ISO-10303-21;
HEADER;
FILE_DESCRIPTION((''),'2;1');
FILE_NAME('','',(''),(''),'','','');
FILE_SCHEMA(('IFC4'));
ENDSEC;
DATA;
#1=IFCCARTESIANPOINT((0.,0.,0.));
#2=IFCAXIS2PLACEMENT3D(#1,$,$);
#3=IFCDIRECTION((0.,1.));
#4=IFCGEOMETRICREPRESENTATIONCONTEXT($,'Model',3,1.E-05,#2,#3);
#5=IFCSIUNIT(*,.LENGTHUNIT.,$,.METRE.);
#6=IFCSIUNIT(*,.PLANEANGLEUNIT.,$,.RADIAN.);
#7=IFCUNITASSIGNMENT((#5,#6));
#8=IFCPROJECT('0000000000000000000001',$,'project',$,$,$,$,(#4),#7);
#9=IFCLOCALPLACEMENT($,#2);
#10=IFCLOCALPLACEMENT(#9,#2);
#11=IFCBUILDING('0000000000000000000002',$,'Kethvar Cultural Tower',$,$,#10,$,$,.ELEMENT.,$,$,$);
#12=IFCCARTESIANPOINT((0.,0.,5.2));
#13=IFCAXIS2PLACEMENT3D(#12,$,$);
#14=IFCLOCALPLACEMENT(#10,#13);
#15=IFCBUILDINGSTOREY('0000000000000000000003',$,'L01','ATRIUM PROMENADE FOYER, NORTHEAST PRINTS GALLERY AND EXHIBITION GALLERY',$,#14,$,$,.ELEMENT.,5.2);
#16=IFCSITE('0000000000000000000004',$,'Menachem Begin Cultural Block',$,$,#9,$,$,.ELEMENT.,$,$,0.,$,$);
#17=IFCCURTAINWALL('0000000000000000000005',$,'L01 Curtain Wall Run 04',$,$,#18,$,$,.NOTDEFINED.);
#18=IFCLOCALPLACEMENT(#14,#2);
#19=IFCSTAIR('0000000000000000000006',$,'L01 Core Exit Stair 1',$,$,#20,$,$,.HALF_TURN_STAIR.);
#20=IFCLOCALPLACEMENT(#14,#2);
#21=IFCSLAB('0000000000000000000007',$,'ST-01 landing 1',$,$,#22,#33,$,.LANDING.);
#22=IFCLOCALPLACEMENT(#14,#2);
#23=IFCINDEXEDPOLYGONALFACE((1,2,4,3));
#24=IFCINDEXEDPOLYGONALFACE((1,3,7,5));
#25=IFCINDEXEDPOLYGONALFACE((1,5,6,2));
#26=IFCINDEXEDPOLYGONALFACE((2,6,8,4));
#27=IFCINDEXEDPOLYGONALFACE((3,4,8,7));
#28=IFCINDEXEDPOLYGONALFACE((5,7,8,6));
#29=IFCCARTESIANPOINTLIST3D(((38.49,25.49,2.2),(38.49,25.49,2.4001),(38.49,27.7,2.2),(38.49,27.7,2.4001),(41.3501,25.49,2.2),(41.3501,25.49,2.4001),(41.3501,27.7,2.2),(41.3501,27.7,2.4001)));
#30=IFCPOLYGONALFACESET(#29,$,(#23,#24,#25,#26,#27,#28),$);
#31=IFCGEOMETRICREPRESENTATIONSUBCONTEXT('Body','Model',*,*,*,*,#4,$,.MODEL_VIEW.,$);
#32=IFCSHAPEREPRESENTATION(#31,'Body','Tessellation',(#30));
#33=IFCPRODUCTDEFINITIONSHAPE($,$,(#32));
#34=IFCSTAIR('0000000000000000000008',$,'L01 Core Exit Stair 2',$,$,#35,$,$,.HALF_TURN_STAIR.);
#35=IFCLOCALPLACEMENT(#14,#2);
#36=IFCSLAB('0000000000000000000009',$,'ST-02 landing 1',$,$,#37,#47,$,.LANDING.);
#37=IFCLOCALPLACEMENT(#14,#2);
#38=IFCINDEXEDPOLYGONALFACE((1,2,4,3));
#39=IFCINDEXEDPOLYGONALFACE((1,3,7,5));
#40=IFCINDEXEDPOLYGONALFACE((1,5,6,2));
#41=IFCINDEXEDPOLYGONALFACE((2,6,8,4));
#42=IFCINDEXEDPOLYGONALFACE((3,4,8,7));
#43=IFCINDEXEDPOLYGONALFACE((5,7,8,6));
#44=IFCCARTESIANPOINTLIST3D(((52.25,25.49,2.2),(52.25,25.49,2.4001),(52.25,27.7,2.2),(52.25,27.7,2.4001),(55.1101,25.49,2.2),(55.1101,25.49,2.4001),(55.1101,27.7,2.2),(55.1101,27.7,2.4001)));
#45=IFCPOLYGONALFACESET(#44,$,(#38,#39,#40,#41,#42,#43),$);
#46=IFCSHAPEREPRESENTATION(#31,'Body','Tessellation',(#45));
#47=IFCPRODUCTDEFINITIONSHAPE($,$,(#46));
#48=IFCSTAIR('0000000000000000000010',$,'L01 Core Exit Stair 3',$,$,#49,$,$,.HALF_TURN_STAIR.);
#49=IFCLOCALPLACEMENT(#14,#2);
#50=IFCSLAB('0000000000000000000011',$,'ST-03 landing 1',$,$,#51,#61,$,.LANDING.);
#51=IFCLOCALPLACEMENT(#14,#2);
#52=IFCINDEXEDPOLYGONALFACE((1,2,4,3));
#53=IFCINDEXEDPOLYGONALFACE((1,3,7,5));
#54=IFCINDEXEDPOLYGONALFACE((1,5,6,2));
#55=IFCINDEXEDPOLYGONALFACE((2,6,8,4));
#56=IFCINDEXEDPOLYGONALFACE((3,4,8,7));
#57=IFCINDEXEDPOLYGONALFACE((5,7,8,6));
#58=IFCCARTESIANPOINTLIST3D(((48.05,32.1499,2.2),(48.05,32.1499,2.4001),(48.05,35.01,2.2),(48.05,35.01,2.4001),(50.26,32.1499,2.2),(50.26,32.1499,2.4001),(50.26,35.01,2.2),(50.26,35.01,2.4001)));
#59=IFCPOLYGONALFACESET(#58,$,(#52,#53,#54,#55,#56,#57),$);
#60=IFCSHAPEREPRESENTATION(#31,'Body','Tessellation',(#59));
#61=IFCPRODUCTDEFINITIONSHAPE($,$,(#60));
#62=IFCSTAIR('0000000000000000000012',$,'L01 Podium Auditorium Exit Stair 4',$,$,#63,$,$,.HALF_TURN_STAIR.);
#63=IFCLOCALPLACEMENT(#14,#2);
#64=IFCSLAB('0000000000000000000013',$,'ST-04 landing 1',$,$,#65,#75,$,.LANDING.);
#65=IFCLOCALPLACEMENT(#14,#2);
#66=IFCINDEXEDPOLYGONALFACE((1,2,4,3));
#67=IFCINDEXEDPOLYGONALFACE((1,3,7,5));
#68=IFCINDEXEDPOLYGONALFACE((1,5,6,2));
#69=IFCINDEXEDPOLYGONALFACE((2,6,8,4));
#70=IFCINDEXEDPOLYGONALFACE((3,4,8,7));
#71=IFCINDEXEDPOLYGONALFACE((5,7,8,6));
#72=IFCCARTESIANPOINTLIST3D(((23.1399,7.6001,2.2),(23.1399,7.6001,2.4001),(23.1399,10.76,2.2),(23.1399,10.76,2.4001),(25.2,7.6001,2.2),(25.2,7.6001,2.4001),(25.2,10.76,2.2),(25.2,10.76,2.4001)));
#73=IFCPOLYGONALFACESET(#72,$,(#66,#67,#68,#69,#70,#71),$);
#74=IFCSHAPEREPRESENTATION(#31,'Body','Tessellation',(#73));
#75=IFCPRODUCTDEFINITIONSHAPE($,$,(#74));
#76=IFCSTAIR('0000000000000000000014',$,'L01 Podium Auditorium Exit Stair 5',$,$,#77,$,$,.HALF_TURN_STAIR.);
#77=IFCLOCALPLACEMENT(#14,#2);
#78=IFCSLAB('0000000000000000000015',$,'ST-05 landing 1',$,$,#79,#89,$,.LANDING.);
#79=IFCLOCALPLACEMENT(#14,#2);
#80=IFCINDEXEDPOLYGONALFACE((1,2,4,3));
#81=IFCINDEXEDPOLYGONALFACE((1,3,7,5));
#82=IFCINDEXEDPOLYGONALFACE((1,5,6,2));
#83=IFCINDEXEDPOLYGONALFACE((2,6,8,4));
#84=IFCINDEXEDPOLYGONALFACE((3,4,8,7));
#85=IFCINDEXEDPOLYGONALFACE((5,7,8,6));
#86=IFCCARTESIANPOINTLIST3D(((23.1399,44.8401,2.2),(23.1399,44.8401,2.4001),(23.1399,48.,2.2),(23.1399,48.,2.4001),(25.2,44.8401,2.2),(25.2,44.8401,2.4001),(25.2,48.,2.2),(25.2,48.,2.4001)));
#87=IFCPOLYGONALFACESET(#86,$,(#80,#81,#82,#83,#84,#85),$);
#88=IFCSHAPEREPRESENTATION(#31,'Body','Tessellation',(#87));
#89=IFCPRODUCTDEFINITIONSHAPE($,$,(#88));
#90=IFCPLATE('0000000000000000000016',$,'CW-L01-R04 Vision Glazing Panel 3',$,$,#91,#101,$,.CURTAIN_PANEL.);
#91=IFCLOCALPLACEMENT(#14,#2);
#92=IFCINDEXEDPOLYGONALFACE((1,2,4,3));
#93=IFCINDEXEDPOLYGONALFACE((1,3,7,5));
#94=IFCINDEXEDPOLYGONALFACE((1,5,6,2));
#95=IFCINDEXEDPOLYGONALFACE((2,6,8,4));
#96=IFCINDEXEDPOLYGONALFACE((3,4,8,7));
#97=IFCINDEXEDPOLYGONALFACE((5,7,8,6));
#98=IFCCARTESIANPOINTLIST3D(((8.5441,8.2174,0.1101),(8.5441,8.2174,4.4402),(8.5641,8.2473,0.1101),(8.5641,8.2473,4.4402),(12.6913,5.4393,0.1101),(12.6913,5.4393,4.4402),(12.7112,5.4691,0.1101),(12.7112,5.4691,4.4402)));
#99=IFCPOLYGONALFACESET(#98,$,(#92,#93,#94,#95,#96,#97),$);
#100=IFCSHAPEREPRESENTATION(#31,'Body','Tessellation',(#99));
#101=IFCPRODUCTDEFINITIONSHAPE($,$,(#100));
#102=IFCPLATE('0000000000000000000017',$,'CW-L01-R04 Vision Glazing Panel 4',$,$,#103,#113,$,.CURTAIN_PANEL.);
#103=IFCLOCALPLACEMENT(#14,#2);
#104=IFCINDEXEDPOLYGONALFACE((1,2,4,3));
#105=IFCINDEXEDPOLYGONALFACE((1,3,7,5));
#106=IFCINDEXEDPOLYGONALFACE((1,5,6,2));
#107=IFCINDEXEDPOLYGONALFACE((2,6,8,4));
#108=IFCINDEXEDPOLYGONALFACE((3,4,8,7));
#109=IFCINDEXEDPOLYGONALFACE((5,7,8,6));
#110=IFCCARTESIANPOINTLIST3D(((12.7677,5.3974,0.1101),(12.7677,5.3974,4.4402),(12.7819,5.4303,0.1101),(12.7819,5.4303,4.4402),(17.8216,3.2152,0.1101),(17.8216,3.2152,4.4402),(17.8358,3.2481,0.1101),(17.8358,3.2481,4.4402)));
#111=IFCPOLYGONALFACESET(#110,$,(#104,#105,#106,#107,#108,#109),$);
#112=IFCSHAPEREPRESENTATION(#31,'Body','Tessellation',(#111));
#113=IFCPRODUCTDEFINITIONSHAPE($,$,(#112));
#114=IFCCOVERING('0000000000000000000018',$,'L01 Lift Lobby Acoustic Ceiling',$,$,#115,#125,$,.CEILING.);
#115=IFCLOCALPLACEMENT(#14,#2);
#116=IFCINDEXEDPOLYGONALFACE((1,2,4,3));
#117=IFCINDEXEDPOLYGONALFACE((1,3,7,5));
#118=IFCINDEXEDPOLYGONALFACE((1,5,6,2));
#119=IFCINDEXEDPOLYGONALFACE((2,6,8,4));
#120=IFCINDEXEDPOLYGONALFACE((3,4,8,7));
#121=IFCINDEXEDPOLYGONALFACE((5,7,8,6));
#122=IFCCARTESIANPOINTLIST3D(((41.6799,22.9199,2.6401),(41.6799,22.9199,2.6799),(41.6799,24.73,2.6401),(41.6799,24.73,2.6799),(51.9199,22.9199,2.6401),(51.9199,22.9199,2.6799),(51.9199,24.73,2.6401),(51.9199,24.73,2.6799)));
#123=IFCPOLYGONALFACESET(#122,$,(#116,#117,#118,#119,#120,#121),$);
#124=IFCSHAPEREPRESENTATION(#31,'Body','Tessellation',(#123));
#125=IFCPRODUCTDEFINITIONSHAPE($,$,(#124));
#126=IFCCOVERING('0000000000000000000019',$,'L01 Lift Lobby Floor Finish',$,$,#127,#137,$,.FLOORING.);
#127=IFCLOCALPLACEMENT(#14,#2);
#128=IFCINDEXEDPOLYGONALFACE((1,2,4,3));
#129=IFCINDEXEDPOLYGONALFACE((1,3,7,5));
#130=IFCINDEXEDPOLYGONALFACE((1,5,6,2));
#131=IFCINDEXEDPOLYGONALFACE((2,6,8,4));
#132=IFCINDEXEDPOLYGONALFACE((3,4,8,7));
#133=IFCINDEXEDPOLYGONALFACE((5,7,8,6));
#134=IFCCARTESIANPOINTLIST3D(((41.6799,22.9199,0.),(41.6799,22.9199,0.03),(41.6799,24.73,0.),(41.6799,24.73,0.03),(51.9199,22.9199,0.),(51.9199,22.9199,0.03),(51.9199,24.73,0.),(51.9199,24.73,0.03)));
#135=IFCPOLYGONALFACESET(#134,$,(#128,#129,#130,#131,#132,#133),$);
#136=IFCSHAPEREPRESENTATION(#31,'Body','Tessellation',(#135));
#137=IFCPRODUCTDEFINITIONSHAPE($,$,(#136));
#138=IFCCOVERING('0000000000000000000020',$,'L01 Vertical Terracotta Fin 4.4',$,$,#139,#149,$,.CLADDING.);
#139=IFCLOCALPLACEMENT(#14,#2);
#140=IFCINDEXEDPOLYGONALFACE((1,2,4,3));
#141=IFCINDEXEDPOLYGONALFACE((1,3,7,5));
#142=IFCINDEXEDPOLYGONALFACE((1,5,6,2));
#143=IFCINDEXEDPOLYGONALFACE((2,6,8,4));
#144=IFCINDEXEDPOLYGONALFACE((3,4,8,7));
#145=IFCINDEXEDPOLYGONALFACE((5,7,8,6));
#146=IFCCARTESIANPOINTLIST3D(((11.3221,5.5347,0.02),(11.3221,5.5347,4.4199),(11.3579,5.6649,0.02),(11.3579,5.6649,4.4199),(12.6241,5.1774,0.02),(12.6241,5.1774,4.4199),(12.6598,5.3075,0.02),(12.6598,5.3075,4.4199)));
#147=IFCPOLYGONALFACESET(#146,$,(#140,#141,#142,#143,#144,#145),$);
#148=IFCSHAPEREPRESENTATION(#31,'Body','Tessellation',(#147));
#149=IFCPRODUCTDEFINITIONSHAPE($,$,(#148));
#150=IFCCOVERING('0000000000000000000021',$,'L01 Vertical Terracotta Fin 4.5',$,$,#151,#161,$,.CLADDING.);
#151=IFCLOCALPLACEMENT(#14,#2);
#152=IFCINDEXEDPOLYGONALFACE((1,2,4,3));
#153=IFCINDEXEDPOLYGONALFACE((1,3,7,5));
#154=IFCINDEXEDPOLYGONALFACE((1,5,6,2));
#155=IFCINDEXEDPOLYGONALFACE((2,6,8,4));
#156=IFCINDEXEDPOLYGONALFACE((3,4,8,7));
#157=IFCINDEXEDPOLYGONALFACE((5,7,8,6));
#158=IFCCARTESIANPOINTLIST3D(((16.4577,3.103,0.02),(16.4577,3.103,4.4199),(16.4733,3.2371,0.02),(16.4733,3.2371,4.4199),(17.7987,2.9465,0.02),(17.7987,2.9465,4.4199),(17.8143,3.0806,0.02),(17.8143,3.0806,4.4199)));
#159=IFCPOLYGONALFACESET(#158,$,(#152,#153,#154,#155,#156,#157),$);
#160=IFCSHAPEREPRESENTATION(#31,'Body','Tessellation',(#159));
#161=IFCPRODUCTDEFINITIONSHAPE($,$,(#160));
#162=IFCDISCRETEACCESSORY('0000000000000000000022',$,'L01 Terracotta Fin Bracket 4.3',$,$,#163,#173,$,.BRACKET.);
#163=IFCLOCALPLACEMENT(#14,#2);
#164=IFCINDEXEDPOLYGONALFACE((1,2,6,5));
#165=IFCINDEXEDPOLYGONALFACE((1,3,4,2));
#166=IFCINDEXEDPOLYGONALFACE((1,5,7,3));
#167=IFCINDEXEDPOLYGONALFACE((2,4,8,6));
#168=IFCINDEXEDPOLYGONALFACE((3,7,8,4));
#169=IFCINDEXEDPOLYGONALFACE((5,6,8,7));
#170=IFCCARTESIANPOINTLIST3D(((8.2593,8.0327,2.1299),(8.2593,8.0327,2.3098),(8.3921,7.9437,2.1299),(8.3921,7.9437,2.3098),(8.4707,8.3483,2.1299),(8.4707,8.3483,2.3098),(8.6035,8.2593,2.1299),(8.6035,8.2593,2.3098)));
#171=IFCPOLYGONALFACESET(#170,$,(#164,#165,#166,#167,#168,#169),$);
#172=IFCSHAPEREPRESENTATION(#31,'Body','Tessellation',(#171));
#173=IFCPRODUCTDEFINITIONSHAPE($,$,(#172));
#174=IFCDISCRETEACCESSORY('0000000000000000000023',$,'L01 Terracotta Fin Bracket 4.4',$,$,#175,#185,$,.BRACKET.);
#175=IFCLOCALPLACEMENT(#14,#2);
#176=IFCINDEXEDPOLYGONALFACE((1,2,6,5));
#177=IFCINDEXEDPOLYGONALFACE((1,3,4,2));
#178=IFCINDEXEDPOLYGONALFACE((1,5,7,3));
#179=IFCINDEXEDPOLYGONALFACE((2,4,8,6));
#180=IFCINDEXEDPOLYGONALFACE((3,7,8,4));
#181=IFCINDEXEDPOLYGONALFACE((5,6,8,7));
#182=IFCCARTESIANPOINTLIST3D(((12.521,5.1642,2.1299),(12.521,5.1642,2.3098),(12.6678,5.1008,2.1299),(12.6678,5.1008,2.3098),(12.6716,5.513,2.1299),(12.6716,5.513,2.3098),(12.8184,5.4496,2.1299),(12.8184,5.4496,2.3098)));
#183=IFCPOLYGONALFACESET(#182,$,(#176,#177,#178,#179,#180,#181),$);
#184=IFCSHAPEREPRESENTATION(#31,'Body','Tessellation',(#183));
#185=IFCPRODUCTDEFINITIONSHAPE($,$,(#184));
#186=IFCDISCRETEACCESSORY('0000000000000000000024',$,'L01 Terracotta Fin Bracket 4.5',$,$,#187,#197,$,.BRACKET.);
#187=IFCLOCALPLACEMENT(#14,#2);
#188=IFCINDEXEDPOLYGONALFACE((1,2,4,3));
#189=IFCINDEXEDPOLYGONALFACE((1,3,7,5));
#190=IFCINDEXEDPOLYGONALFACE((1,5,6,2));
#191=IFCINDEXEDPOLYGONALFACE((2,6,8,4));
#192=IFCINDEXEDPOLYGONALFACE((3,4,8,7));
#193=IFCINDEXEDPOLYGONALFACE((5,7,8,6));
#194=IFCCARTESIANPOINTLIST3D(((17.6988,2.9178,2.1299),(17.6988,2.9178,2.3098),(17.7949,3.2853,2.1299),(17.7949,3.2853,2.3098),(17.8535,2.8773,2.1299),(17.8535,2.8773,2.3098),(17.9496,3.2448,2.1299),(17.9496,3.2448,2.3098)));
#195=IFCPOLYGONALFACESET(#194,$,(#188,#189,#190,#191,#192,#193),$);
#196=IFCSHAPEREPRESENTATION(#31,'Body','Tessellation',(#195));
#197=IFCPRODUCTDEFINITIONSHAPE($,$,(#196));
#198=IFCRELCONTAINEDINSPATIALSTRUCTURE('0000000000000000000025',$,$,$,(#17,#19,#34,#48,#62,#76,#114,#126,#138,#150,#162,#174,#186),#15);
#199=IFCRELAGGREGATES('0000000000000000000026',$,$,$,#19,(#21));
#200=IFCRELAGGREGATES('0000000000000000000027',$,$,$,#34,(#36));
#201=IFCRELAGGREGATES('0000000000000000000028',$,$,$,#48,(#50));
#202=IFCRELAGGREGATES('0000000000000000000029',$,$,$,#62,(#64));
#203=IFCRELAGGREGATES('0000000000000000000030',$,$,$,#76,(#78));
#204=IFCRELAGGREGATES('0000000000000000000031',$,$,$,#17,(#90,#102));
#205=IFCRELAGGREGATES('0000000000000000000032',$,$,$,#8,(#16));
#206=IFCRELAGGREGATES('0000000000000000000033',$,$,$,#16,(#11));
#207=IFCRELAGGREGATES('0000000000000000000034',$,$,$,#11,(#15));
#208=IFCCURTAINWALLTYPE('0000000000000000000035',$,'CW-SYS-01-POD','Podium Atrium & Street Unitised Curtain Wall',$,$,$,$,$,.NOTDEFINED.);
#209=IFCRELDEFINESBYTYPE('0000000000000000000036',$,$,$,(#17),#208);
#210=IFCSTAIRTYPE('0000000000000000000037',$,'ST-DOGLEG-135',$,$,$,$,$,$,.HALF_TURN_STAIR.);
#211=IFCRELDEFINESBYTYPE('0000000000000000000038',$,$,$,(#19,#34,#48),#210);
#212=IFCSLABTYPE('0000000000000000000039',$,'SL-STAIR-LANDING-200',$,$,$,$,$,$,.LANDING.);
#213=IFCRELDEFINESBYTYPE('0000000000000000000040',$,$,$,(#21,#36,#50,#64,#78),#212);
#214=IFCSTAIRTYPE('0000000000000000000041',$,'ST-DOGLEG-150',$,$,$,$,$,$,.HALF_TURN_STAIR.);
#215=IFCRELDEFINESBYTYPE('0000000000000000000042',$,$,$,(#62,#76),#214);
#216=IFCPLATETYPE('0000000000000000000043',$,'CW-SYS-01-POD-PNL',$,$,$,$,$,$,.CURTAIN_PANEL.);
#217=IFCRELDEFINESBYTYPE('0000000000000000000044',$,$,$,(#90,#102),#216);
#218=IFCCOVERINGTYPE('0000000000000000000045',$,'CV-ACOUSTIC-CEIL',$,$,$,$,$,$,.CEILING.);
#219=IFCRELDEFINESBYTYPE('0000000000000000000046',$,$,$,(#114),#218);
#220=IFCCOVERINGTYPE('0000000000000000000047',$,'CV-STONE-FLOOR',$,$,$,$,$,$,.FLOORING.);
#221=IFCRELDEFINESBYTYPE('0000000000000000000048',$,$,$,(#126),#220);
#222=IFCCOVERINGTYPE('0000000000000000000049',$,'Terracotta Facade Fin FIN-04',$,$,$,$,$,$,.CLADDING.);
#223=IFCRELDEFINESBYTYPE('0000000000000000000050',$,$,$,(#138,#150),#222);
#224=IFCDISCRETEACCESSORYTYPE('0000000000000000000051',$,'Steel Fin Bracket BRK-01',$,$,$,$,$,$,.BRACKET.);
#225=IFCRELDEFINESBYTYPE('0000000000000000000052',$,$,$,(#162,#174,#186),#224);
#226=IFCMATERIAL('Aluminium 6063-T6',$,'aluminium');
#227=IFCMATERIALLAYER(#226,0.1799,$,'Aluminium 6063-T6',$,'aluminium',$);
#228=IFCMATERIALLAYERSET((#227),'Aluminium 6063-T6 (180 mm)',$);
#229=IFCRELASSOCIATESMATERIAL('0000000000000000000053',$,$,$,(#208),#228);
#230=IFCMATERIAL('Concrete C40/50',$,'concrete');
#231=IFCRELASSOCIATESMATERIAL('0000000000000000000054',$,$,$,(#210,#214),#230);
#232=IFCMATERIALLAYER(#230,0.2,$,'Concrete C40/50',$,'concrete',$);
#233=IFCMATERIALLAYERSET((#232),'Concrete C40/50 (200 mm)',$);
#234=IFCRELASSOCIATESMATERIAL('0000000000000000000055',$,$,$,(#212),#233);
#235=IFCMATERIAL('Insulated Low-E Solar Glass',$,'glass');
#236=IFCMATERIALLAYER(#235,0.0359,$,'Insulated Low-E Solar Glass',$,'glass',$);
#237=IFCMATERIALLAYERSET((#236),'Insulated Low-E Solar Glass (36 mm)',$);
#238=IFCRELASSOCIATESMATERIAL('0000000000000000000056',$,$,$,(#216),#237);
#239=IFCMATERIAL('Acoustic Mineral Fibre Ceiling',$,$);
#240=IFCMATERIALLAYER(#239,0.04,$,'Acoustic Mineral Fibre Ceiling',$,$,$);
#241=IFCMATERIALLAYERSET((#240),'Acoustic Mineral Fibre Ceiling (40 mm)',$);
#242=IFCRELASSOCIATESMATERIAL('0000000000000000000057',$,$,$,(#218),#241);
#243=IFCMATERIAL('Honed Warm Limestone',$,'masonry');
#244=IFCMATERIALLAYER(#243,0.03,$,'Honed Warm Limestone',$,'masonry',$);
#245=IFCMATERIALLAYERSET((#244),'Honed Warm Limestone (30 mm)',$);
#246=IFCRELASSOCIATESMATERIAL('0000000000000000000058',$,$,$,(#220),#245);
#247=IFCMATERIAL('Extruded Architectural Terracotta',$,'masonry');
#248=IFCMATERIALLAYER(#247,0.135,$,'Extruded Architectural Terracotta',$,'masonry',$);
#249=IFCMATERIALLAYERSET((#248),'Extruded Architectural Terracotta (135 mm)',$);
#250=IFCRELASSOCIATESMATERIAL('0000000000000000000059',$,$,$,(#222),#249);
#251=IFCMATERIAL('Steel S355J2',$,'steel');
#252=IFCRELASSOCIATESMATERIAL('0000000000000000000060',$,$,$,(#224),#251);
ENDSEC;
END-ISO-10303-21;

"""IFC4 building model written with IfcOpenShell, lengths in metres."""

from ifc_helpers import new_model, si_unit, direction, frame, origin, origin_2d, place, context, subcontext, project, spatial, polyline, rectangle, outline, extrude, source, transform, mapped, material, layer, layer_set, type_object, element, aggregate, save


model = new_model("IFC4")

# Units and contexts
model_context = context("Model", 3, precision=1e-05, world=origin(), true_north=direction((0.0, 1.0)))
body_context = subcontext(model_context, "Body", "Model", "MODEL_VIEW")
ifc_project = project(units=[si_unit("LENGTHUNIT", "METRE"), si_unit("PLANEANGLEUNIT", "RADIAN")], contexts=[model_context])

# Site, building, storey
site_placement = place(None, origin())
site = spatial("IfcSite", under=ifc_project, at=site_placement, Name="Menachem Begin Cultural Block", CompositionType="ELEMENT", RefElevation=0.0)
building_placement = place(site_placement, origin())
building = spatial("IfcBuilding", under=site, at=building_placement, Name="Kethvar Cultural Tower", CompositionType="ELEMENT")
storey_placement = place(building_placement, frame((0.0, 0.0, 5.2)))
storey = spatial("IfcBuildingStorey", under=building, at=storey_placement, Name="L01", Description="ATRIUM PROMENADE FOYER, NORTHEAST PRINTS GALLERY AND EXHIBITION GALLERY", CompositionType="ELEMENT", Elevation=5.2)

# Curtain wall
ifc_material_1 = material(Name="Aluminium 6063-T6", Category="aluminium")
ifc_layer_1 = layer(ifc_material_1, 0.1799, Name="Aluminium 6063-T6", Category="aluminium")
ifc_layer_set_1 = layer_set([ifc_layer_1], Name="Aluminium 6063-T6 (180 mm)")
curtain_wall_type = type_object("IfcCurtainWallType", Name="CW-SYS-01-POD", Description="Podium Atrium & Street Unitised Curtain Wall", PredefinedType="NOTDEFINED", material=ifc_layer_set_1)
curtain_wall_placement = place(storey_placement, origin())
curtain_wall = element("IfcCurtainWall", 1, at=curtain_wall_placement, inside=storey, type_object=curtain_wall_type, Name="L01 Curtain Wall Run 04", PredefinedType="NOTDEFINED")

# Shared definitions
ifc_material_2 = material(Name="Concrete C40/50", Category="concrete")

# Stairs, slabs
stair_type_1 = type_object("IfcStairType", Name="ST-DOGLEG-135", PredefinedType="HALF_TURN_STAIR", material=ifc_material_2)
stair_1_placement = place(storey_placement, origin())
stair_1 = element("IfcStair", 2, at=stair_1_placement, inside=storey, type_object=stair_type_1, Name="L01 Core Exit Stair 1", PredefinedType="HALF_TURN_STAIR")
ifc_layer_2 = layer(ifc_material_2, 0.2, Name="Concrete C40/50", Category="concrete")
ifc_layer_set_2 = layer_set([ifc_layer_2], Name="Concrete C40/50 (200 mm)")
slab_type_1 = type_object("IfcSlabType", Name="SL-STAIR-LANDING-200", PredefinedType="LANDING", material=ifc_layer_set_2)
slab_1_placement = place(storey_placement, frame((0.0, 0.0, 2.2)))
slab_1 = element("IfcSlab", 3, at=slab_1_placement, type_object=slab_type_1, Name="ST-01 landing 1", PredefinedType="LANDING", context=body_context, shape_type="SweptSolid", body=[
    extrude(outline(polyline([(41.3501, 25.49), (41.3501, 27.7), (38.49, 27.7), (38.49, 25.49), (41.3501, 25.49)])), origin(), (0.0, 0.0, 1.0), 0.2002),
])
aggregate(stair_1, [slab_1])
stair_2_placement = place(storey_placement, origin())
stair_2 = element("IfcStair", 4, at=stair_2_placement, inside=storey, type_object=stair_type_1, Name="L01 Core Exit Stair 2", PredefinedType="HALF_TURN_STAIR")
slab_2_placement = place(storey_placement, frame((0.0, 0.0, 2.2)))
slab_2 = element("IfcSlab", 5, at=slab_2_placement, type_object=slab_type_1, Name="ST-02 landing 1", PredefinedType="LANDING", context=body_context, shape_type="SweptSolid", body=[
    extrude(outline(polyline([(55.1101, 25.49), (55.1101, 27.7), (52.25, 27.7), (52.25, 25.49), (55.1101, 25.49)])), origin(), (0.0, 0.0, 1.0), 0.2002),
])
aggregate(stair_2, [slab_2])
stair_3_placement = place(storey_placement, origin())
stair_3 = element("IfcStair", 6, at=stair_3_placement, inside=storey, type_object=stair_type_1, Name="L01 Core Exit Stair 3", PredefinedType="HALF_TURN_STAIR")
slab_3_placement = place(storey_placement, frame((0.0, 0.0, 2.2)))
slab_3 = element("IfcSlab", 7, at=slab_3_placement, type_object=slab_type_1, Name="ST-03 landing 1", PredefinedType="LANDING", context=body_context, shape_type="SweptSolid", body=[
    extrude(outline(polyline([(50.26, 35.01), (48.05, 35.01), (48.05, 32.1499), (50.26, 32.1499), (50.26, 35.01)])), origin(), (0.0, 0.0, 1.0), 0.2002),
])
aggregate(stair_3, [slab_3])
stair_type_2 = type_object("IfcStairType", Name="ST-DOGLEG-150", PredefinedType="HALF_TURN_STAIR", material=ifc_material_2)
stair_4_placement = place(storey_placement, origin())
stair_4 = element("IfcStair", 8, at=stair_4_placement, inside=storey, type_object=stair_type_2, Name="L01 Podium Auditorium Exit Stair 4", PredefinedType="HALF_TURN_STAIR")
slab_4_placement = place(storey_placement, frame((0.0, 0.0, 2.2)))
slab_4 = element("IfcSlab", 9, at=slab_4_placement, type_object=slab_type_1, Name="ST-04 landing 1", PredefinedType="LANDING", context=body_context, shape_type="SweptSolid", body=[
    extrude(outline(polyline([(23.1399, 7.6001), (25.2, 7.6001), (25.2, 10.76), (23.1399, 10.76), (23.1399, 7.6001)])), origin(), (0.0, 0.0, 1.0), 0.2002),
])
aggregate(stair_4, [slab_4])
stair_5_placement = place(storey_placement, origin())
stair_5 = element("IfcStair", 10, at=stair_5_placement, inside=storey, type_object=stair_type_2, Name="L01 Podium Auditorium Exit Stair 5", PredefinedType="HALF_TURN_STAIR")
slab_5_placement = place(storey_placement, frame((0.0, 0.0, 2.2)))
slab_5 = element("IfcSlab", 11, at=slab_5_placement, type_object=slab_type_1, Name="ST-05 landing 1", PredefinedType="LANDING", context=body_context, shape_type="SweptSolid", body=[
    extrude(outline(polyline([(23.1399, 44.8401), (25.2, 44.8401), (25.2, 48.0), (23.1399, 48.0), (23.1399, 44.8401)])), origin(), (0.0, 0.0, 1.0), 0.2002),
])
aggregate(stair_5, [slab_5])

# Plates
ifc_material_3 = material(Name="Insulated Low-E Solar Glass", Category="glass")
ifc_layer_3 = layer(ifc_material_3, 0.0359, Name="Insulated Low-E Solar Glass", Category="glass")
ifc_layer_set_3 = layer_set([ifc_layer_3], Name="Insulated Low-E Solar Glass (36 mm)")
plate_type = type_object("IfcPlateType", Name="CW-SYS-01-POD-PNL", PredefinedType="CURTAIN_PANEL", material=ifc_layer_set_3)
shared_shape_1 = source(origin(), body_context, "Body", "SweptSolid", [
    extrude(rectangle(XDim=4.9917, YDim=0.0359, at=origin_2d()), origin(), (0.0, 0.0, 1.0), 4.3301),
])
plate_1_placement = place(storey_placement, frame((10.6277, 6.8433, 0.1101), z_axis=(0.0, 0.0, 1.0), x_axis=(0.83081, -0.556557, 0.0)))
plate_1 = element("IfcPlate", 12, at=plate_1_placement, type_object=plate_type, Name="CW-L01-R04 Vision Glazing Panel 3", PredefinedType="CURTAIN_PANEL", context=body_context, shape_type="MappedRepresentation", body=[
    mapped(shared_shape_1, transform((0.0, 0.0, 0.0), scale=1.0)),
])
shared_shape_2 = source(origin(), body_context, "Body", "SweptSolid", [
    extrude(rectangle(XDim=5.5049, YDim=0.0359, at=origin_2d()), origin(), (0.0, 0.0, 1.0), 4.3301),
])
plate_2_placement = place(storey_placement, frame((15.3018, 4.3228, 0.1101), z_axis=(0.0, 0.0, 1.0), x_axis=(0.918073, -0.396411, 0.0)))
plate_2 = element("IfcPlate", 13, at=plate_2_placement, type_object=plate_type, Name="CW-L01-R04 Vision Glazing Panel 4", PredefinedType="CURTAIN_PANEL", context=body_context, shape_type="MappedRepresentation", body=[
    mapped(shared_shape_2, transform((0.0, 0.0, 0.0), scale=1.0)),
])
aggregate(curtain_wall, [plate_1, plate_2])

# Shared definitions
ifc_material_4 = material(Name="Steel S355J2", Category="steel")

# Coverings
ifc_material_5 = material(Name="Acoustic Mineral Fibre Ceiling")
ifc_layer_4 = layer(ifc_material_5, 0.04, Name="Acoustic Mineral Fibre Ceiling")
ifc_layer_set_4 = layer_set([ifc_layer_4], Name="Acoustic Mineral Fibre Ceiling (40 mm)")
covering_type_1 = type_object("IfcCoveringType", Name="CV-ACOUSTIC-CEIL", PredefinedType="CEILING", material=ifc_layer_set_4)
covering_1_placement = place(storey_placement, frame((0.0, 0.0, 2.6401)))
element("IfcCovering", 14, at=covering_1_placement, inside=storey, type_object=covering_type_1, Name="L01 Lift Lobby Acoustic Ceiling", PredefinedType="CEILING", context=body_context, shape_type="SweptSolid", body=[
    extrude(outline(polyline([(41.6799, 22.9199), (51.9199, 22.9199), (51.9199, 24.73), (41.6799, 24.73), (41.6799, 22.9199)])), origin(), (0.0, 0.0, 1.0), 0.0398),
])
ifc_material_6 = material(Name="Honed Warm Limestone", Category="masonry")
ifc_layer_5 = layer(ifc_material_6, 0.03, Name="Honed Warm Limestone", Category="masonry")
ifc_layer_set_5 = layer_set([ifc_layer_5], Name="Honed Warm Limestone (30 mm)")
covering_type_2 = type_object("IfcCoveringType", Name="CV-STONE-FLOOR", PredefinedType="FLOORING", material=ifc_layer_set_5)
covering_2_placement = place(storey_placement, origin())
element("IfcCovering", 15, at=covering_2_placement, inside=storey, type_object=covering_type_2, Name="L01 Lift Lobby Floor Finish", PredefinedType="FLOORING", context=body_context, shape_type="SweptSolid", body=[
    extrude(outline(polyline([(41.6799, 22.9199), (51.9199, 22.9199), (51.9199, 24.73), (41.6799, 24.73), (41.6799, 22.9199)])), origin(), (0.0, 0.0, 1.0), 0.03),
])
ifc_material_7 = material(Name="Extruded Architectural Terracotta", Category="masonry")
ifc_layer_6 = layer(ifc_material_7, 0.135, Name="Extruded Architectural Terracotta", Category="masonry")
ifc_layer_set_6 = layer_set([ifc_layer_6], Name="Extruded Architectural Terracotta (135 mm)")
covering_type_3 = type_object("IfcCoveringType", Name="Terracotta Facade Fin FIN-04", PredefinedType="CLADDING", material=ifc_layer_set_6)
shared_shape_3 = source(origin(), body_context, "Body", "SweptSolid", [
    extrude(rectangle(XDim=1.3501, YDim=0.135, at=origin_2d()), origin(), (0.0, 0.0, 1.0), 4.3999),
])
for number, where, z_axis, x_axis, name in (
    (16, (11.991, 5.4211, 0.02), (0.0, 0.0, 1.0), (-0.964327, 0.264715, 0.0), "L01 Vertical Terracotta Fin 4.4"),
    (17, (17.136, 3.0918, 0.02), (0.0, 0.0, 1.0), (-0.993252, 0.115977, 0.0), "L01 Vertical Terracotta Fin 4.5"),
):
    element("IfcCovering", number, at=place(storey_placement, frame(where, z_axis=z_axis, x_axis=x_axis)), inside=storey, type_object=covering_type_3, Name=name, PredefinedType="CLADDING", context=body_context, shape_type="MappedRepresentation", body=[
        mapped(shared_shape_3, transform((0.0, 0.0, 0.0), scale=1.0)),
    ])

# Discrete accessories
discrete_accessory_type = type_object("IfcDiscreteAccessoryType", Name="Steel Fin Bracket BRK-01", PredefinedType="BRACKET", material=ifc_material_4)
shared_shape_4 = source(origin(), body_context, "Body", "SweptSolid", [
    extrude(rectangle(XDim=0.3799, YDim=0.1599, at=origin_2d()), origin(), (0.0, 0.0, 1.0), 0.1799),
])
for number, where, z_axis, x_axis, name in (
    (18, (8.4314, 8.146, 2.1299), (0.0, 0.0, 1.0), (-0.556586, -0.83079, 0.0), "L01 Terracotta Fin Bracket 4.3"),
    (19, (12.6697, 5.3069, 2.1299), (0.0, 0.0, 1.0), (-0.396347, -0.918101, 0.0), "L01 Terracotta Fin Bracket 4.4"),
    (20, (17.8242, 3.0813, 2.1299), (0.0, 0.0, 1.0), (-0.253083, -0.967445, 0.0), "L01 Terracotta Fin Bracket 4.5"),
):
    element("IfcDiscreteAccessory", number, at=place(storey_placement, frame(where, z_axis=z_axis, x_axis=x_axis)), inside=storey, type_object=discrete_accessory_type, Name=name, PredefinedType="BRACKET", context=body_context, shape_type="MappedRepresentation", body=[
        mapped(shared_shape_4, transform((0.0, 0.0, 0.0), scale=1.0)),
    ])

save(model, "model.ifc")
